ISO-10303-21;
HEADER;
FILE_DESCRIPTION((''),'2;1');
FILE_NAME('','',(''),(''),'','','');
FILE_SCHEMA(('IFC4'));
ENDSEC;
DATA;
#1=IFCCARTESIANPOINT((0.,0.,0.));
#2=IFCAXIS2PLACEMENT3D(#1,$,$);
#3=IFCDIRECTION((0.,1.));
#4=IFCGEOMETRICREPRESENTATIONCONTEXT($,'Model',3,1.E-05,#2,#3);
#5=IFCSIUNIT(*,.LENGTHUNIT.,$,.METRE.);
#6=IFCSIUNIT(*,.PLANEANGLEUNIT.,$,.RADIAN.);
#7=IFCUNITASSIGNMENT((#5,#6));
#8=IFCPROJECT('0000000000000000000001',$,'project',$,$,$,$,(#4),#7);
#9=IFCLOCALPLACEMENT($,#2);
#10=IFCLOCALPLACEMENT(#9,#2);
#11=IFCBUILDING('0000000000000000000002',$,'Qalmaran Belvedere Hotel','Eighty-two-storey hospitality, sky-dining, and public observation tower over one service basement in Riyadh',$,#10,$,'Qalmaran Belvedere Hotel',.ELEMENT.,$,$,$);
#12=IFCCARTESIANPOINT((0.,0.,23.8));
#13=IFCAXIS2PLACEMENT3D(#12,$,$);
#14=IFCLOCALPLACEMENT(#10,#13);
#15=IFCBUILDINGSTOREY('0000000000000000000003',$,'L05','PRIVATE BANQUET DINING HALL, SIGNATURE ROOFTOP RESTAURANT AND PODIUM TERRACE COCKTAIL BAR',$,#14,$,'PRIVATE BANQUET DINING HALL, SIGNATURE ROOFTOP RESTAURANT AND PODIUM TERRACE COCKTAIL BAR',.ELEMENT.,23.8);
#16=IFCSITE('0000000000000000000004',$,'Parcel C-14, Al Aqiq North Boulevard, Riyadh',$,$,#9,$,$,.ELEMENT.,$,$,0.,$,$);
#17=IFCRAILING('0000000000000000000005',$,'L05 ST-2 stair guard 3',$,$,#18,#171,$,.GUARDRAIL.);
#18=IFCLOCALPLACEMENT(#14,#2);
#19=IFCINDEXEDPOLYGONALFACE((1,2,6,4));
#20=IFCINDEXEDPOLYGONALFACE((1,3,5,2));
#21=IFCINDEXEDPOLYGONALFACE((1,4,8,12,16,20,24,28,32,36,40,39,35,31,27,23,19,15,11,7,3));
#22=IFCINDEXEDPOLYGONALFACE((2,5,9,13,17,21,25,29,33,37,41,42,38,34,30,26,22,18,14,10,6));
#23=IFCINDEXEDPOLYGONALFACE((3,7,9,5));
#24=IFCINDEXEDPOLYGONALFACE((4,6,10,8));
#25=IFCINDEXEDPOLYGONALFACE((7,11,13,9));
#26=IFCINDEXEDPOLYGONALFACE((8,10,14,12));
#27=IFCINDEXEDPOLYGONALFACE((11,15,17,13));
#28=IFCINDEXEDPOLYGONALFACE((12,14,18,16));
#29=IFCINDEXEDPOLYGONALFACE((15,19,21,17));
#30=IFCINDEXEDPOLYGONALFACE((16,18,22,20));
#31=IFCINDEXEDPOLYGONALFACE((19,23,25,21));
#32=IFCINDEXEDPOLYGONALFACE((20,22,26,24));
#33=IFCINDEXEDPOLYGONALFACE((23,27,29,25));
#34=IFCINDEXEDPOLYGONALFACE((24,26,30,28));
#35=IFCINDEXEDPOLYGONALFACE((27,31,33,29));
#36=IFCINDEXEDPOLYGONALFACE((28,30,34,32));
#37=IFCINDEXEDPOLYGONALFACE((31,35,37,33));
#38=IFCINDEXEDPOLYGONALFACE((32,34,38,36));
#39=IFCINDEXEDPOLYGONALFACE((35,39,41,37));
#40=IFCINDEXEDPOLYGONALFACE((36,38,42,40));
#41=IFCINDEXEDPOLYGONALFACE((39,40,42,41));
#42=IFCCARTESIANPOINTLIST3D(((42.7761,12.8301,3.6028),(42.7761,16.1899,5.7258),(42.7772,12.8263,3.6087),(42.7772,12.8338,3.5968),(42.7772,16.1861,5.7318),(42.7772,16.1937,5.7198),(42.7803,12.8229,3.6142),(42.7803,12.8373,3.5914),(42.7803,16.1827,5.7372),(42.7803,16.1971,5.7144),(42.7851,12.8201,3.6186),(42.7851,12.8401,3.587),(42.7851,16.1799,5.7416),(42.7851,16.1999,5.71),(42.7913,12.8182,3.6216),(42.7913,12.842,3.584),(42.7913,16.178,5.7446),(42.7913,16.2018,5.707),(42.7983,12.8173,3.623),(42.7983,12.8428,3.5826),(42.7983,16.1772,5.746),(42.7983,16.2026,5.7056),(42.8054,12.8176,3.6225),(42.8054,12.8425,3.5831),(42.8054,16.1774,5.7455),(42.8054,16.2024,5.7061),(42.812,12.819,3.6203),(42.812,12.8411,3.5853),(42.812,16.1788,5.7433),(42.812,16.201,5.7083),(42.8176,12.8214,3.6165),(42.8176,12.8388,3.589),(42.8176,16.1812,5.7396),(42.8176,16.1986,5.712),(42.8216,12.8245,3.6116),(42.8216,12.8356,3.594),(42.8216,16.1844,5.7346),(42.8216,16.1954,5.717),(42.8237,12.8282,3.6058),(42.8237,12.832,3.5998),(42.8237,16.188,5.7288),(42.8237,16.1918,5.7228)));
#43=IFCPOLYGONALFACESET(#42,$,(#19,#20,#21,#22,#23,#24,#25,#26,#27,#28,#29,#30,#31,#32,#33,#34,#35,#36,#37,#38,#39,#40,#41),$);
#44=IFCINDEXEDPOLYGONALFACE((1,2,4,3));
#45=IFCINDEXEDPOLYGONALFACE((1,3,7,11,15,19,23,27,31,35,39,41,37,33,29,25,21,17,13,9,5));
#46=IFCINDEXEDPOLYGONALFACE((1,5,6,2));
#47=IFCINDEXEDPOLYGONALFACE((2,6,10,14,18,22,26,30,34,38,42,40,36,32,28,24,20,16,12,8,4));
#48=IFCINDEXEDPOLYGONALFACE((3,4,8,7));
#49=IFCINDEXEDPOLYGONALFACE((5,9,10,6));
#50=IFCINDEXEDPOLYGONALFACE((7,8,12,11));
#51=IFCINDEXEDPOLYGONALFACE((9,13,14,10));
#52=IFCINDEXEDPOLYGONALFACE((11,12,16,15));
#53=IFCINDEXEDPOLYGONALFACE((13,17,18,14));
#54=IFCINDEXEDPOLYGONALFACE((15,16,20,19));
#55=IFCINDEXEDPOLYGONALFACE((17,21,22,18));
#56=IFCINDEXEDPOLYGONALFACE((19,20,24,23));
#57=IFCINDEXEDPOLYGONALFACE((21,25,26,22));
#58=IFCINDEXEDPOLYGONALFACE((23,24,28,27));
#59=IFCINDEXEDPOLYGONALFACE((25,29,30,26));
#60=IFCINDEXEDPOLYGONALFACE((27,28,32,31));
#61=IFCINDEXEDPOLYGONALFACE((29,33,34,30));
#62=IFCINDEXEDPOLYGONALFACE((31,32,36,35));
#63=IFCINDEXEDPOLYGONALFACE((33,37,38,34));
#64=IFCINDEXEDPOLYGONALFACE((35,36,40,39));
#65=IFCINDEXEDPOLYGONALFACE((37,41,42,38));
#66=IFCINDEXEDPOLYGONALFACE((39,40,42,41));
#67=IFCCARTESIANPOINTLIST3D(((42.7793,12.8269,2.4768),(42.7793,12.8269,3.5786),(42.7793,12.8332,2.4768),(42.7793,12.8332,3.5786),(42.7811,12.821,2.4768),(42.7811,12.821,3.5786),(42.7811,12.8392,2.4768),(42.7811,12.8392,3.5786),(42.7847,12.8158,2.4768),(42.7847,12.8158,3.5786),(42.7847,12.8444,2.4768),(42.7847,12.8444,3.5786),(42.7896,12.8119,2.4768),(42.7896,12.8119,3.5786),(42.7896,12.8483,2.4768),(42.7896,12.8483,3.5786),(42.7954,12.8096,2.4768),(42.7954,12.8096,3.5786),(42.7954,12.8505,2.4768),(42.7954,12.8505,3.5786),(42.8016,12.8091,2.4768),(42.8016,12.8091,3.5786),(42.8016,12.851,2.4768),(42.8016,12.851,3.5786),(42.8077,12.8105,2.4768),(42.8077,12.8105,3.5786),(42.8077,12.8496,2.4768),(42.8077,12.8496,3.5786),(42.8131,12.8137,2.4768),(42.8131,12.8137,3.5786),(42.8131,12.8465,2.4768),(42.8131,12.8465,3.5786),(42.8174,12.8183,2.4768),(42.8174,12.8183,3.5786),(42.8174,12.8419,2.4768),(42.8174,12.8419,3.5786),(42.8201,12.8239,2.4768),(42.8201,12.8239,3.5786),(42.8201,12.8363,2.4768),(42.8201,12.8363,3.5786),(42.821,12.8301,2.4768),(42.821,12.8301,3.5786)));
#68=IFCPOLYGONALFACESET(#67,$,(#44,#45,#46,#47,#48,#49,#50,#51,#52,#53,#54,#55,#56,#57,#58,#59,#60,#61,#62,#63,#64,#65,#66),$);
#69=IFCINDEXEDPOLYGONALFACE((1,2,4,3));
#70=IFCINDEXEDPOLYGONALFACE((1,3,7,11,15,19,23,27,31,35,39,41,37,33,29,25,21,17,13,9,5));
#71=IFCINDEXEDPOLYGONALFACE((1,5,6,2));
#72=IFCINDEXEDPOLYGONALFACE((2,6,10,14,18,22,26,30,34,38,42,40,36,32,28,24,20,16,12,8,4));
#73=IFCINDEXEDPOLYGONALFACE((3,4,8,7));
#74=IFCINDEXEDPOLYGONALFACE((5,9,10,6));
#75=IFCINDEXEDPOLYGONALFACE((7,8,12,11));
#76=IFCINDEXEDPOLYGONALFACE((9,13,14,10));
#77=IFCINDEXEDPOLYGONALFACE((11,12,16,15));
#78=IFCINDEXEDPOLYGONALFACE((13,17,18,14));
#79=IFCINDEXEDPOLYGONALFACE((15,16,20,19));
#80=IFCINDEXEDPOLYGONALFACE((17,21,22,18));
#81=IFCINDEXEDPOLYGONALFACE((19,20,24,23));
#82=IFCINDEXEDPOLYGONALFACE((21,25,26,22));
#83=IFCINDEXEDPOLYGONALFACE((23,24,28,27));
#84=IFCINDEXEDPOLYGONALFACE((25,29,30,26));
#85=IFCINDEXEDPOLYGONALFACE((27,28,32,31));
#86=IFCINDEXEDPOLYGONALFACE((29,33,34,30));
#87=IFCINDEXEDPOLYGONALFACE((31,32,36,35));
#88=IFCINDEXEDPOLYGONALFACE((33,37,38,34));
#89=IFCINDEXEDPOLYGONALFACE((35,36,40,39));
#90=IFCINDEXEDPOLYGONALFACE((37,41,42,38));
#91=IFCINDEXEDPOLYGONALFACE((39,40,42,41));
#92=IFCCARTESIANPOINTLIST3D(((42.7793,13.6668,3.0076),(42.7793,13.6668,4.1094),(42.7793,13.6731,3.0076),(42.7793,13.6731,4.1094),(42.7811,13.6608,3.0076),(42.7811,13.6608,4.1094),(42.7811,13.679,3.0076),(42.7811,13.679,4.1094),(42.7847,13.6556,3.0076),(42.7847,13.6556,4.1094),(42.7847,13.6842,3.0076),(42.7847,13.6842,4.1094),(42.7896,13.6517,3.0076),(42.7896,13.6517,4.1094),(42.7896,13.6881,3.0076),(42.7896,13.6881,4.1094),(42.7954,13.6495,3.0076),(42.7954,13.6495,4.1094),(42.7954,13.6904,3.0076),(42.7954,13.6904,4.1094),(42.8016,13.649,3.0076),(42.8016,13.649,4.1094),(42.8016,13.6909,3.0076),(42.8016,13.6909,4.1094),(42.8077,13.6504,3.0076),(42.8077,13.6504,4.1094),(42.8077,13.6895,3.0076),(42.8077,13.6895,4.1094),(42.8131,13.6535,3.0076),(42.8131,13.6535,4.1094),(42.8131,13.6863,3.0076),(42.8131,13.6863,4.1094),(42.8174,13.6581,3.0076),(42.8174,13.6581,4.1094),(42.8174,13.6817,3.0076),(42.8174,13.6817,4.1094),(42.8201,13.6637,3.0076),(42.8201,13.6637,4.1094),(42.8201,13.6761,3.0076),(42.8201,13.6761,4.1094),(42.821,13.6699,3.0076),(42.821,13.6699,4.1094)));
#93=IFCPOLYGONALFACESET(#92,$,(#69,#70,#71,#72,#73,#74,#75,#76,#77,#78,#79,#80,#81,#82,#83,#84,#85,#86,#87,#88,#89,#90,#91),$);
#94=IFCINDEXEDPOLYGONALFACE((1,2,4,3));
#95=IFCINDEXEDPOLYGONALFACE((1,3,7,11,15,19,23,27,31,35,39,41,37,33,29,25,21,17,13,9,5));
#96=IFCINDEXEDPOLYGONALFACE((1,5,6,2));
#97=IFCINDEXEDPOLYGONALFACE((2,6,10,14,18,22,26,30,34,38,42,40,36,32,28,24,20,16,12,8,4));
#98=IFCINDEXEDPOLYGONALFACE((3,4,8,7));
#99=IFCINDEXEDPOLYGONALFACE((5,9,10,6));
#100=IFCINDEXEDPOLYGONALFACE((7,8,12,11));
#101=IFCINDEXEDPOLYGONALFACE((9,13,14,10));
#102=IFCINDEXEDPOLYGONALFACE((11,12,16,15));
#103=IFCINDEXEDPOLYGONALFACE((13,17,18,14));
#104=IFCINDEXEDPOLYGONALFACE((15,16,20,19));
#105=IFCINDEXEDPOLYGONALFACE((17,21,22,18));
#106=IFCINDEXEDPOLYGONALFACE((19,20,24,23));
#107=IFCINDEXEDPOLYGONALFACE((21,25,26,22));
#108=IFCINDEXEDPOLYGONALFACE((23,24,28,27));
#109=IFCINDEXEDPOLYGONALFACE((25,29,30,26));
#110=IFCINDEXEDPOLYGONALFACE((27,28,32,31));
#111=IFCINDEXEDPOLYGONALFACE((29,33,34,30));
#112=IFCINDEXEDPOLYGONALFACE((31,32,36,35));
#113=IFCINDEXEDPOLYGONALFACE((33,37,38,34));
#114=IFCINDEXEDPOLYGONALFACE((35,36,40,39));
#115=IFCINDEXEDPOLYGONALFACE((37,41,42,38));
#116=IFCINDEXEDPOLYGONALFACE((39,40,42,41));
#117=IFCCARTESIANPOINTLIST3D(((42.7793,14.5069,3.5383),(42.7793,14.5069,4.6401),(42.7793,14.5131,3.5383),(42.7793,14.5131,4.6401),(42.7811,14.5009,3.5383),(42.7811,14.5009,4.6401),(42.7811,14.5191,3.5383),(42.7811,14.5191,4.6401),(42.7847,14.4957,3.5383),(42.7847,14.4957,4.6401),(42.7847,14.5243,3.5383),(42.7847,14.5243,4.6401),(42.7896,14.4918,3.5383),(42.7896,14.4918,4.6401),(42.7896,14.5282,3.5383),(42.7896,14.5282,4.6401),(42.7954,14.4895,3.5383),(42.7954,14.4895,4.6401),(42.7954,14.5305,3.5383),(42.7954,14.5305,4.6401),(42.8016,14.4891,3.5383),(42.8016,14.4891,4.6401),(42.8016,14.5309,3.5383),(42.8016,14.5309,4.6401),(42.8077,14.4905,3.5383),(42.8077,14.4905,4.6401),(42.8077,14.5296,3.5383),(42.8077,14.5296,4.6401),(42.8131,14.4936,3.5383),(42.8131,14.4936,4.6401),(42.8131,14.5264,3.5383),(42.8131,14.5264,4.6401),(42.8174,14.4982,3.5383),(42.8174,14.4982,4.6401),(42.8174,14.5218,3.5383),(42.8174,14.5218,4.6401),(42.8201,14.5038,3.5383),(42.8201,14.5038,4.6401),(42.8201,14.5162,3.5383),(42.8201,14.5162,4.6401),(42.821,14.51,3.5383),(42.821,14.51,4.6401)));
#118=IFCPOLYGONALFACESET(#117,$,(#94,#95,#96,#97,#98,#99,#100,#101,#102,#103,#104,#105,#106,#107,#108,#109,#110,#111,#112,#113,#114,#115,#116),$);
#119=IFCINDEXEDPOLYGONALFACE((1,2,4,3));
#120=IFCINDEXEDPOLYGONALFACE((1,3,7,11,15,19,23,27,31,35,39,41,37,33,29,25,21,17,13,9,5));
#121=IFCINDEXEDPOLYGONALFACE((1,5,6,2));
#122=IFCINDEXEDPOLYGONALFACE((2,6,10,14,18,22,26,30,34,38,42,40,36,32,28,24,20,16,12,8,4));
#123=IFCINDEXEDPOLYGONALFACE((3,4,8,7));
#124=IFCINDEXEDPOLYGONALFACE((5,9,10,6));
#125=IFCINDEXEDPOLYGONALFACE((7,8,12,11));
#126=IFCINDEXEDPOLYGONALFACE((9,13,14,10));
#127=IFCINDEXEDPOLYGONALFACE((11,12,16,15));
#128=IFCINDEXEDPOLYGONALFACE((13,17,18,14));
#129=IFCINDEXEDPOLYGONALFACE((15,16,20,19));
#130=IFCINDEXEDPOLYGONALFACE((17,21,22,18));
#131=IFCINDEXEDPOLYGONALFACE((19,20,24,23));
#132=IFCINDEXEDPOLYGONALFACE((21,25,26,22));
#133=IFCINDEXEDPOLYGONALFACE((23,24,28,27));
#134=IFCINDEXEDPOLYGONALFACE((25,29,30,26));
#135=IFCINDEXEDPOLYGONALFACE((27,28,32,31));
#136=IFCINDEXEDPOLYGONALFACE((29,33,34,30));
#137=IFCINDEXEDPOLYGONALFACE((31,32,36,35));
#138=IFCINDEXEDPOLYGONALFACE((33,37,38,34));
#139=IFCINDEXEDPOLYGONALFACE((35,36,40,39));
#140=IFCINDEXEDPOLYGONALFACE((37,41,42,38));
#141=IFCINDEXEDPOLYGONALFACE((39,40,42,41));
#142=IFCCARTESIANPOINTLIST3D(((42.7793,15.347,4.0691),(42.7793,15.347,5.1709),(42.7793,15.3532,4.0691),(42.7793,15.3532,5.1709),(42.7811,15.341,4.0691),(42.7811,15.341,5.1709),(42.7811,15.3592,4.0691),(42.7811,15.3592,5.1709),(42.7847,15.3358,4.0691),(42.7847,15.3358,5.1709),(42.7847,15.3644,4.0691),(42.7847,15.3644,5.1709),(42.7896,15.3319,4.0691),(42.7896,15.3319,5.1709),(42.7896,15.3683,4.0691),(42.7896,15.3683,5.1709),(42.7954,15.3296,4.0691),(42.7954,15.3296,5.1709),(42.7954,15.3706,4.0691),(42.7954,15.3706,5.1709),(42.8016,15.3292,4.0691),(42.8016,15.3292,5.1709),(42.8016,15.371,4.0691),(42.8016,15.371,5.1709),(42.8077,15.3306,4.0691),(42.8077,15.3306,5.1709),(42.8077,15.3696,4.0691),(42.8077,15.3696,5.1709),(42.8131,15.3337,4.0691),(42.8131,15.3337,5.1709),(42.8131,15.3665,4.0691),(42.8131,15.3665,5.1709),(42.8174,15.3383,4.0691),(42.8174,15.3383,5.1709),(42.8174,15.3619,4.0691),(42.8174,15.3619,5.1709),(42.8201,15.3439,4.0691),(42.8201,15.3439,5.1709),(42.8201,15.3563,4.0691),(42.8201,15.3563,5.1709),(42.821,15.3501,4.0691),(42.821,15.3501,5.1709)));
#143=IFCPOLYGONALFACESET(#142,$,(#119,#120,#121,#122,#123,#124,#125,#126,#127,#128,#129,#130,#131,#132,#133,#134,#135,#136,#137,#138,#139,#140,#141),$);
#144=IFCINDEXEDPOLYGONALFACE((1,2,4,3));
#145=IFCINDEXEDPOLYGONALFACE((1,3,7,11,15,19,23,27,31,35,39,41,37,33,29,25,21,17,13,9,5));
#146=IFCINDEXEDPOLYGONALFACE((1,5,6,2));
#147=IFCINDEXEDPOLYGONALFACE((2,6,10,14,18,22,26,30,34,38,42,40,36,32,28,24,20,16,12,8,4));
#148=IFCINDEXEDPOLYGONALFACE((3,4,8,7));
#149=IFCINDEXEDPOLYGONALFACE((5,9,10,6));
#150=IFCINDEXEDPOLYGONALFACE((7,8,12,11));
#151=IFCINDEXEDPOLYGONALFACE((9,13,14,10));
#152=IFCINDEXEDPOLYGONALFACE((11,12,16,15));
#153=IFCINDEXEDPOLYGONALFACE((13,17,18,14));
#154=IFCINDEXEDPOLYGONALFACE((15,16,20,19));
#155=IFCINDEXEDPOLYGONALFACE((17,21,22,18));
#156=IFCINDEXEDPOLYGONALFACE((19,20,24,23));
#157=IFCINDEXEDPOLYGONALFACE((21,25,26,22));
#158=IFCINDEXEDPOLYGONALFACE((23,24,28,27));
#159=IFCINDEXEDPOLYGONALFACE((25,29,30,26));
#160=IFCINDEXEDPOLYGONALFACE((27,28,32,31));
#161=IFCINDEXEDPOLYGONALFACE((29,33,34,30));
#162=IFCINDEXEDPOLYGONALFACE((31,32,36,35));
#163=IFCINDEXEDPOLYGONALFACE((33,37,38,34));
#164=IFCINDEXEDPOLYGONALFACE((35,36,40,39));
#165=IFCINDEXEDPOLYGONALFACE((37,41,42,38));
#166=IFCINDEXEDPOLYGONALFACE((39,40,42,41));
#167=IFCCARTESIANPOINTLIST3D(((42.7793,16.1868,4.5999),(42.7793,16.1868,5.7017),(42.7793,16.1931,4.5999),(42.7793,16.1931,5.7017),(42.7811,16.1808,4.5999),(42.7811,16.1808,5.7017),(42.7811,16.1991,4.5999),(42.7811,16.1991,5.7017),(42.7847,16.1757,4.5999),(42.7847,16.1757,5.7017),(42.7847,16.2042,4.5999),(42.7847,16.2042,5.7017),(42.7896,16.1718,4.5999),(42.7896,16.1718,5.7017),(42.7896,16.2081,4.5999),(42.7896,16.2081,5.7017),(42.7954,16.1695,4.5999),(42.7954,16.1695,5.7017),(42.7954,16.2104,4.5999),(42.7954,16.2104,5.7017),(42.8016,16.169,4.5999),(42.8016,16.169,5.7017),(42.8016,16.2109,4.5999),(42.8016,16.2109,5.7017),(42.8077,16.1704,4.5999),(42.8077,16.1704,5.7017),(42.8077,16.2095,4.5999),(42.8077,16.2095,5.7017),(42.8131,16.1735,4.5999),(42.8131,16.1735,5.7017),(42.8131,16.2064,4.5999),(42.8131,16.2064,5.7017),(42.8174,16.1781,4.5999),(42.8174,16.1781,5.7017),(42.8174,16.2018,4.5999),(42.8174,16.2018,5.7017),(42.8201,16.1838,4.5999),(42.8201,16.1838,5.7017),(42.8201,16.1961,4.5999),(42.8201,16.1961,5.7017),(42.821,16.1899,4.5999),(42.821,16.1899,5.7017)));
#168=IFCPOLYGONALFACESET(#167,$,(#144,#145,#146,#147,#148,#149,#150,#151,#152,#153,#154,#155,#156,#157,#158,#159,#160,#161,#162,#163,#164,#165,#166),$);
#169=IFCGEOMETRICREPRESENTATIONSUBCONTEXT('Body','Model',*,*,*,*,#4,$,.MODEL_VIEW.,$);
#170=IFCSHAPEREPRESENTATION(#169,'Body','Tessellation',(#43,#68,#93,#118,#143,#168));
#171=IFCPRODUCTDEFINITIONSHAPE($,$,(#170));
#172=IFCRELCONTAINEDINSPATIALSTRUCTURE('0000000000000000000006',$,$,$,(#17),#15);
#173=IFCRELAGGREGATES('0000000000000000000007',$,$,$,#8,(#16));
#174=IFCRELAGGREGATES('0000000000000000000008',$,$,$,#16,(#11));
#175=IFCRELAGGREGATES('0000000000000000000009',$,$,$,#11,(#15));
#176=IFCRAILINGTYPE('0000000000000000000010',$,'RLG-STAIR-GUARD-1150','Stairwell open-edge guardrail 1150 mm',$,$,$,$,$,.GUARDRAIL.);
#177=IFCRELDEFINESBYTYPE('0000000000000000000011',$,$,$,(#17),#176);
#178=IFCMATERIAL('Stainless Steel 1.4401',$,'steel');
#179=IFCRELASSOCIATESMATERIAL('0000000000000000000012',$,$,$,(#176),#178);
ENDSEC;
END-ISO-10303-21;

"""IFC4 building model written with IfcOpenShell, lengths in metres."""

from ifc_helpers import new_model, si_unit, direction, frame, origin, origin_2d, place, context, subcontext, project, spatial, circle, extrude, material, type_object, element, save


model = new_model("IFC4")

# Units and contexts
model_context = context("Model", 3, precision=1e-05, world=origin(), true_north=direction((0.0, 1.0)))
body_context = subcontext(model_context, "Body", "Model", "MODEL_VIEW")
ifc_project = project(units=[si_unit("LENGTHUNIT", "METRE"), si_unit("PLANEANGLEUNIT", "RADIAN")], contexts=[model_context])

# Site, building, storey
site_placement = place(None, origin())
site = spatial("IfcSite", under=ifc_project, at=site_placement, Name="Parcel C-14, Al Aqiq North Boulevard, Riyadh", CompositionType="ELEMENT", RefElevation=0.0)
building_placement = place(site_placement, origin())
building = spatial("IfcBuilding", under=site, at=building_placement, Name="Qalmaran Belvedere Hotel", Description="Eighty-two-storey hospitality, sky-dining, and public observation tower over one service basement in Riyadh", LongName="Qalmaran Belvedere Hotel", CompositionType="ELEMENT")
storey_placement = place(building_placement, frame((0.0, 0.0, 23.8)))
storey = spatial("IfcBuildingStorey", under=building, at=storey_placement, Name="L05", Description="PRIVATE BANQUET DINING HALL, SIGNATURE ROOFTOP RESTAURANT AND PODIUM TERRACE COCKTAIL BAR", LongName="PRIVATE BANQUET DINING HALL, SIGNATURE ROOFTOP RESTAURANT AND PODIUM TERRACE COCKTAIL BAR", CompositionType="ELEMENT", Elevation=23.8)

# Railing
ifc_material_1 = material(Name="Stainless Steel 1.4401", Category="steel")
railing_type_1 = type_object("IfcRailingType", Name="RLG-STAIR-GUARD-1150", Description="Stairwell open-edge guardrail 1150 mm", PredefinedType="GUARDRAIL", material=ifc_material_1)
railing_1_placement = place(storey_placement, frame((42.8, 12.8301, 2.4768)))
element("IfcRailing", 1, at=railing_1_placement, inside=storey, type_object=railing_type_1, Name="L05 ST-2 stair guard 3", PredefinedType="GUARDRAIL", context=body_context, shape_type="SweptSolid", body=[
    extrude(circle(Radius=0.0239, at=origin_2d()), frame((0.0, 0.0, 1.126), z_axis=(0.0, 0.845372, 0.534178), x_axis=(-1.0, 0.0, 0.0)), (0.0, 0.0, 1.0), 3.9744),
    extrude(circle(Radius=0.021, at=origin_2d()), origin(), (0.0, 0.0, 1.0), 1.1018),
    extrude(circle(Radius=0.021, at=origin_2d()), frame((0.0, 0.8398, 0.5308)), (0.0, 0.0, 1.0), 1.1018),
    extrude(circle(Radius=0.021, at=origin_2d()), frame((0.0, 1.6799, 1.0615)), (0.0, 0.0, 1.0), 1.1018),
    extrude(circle(Radius=0.021, at=origin_2d()), frame((0.0, 2.52, 1.5923)), (0.0, 0.0, 1.0), 1.1018),
    extrude(circle(Radius=0.021, at=origin_2d()), frame((0.0, 3.3599, 2.123)), (0.0, 0.0, 1.0), 1.1018),
])

save(model, "model.ifc")
